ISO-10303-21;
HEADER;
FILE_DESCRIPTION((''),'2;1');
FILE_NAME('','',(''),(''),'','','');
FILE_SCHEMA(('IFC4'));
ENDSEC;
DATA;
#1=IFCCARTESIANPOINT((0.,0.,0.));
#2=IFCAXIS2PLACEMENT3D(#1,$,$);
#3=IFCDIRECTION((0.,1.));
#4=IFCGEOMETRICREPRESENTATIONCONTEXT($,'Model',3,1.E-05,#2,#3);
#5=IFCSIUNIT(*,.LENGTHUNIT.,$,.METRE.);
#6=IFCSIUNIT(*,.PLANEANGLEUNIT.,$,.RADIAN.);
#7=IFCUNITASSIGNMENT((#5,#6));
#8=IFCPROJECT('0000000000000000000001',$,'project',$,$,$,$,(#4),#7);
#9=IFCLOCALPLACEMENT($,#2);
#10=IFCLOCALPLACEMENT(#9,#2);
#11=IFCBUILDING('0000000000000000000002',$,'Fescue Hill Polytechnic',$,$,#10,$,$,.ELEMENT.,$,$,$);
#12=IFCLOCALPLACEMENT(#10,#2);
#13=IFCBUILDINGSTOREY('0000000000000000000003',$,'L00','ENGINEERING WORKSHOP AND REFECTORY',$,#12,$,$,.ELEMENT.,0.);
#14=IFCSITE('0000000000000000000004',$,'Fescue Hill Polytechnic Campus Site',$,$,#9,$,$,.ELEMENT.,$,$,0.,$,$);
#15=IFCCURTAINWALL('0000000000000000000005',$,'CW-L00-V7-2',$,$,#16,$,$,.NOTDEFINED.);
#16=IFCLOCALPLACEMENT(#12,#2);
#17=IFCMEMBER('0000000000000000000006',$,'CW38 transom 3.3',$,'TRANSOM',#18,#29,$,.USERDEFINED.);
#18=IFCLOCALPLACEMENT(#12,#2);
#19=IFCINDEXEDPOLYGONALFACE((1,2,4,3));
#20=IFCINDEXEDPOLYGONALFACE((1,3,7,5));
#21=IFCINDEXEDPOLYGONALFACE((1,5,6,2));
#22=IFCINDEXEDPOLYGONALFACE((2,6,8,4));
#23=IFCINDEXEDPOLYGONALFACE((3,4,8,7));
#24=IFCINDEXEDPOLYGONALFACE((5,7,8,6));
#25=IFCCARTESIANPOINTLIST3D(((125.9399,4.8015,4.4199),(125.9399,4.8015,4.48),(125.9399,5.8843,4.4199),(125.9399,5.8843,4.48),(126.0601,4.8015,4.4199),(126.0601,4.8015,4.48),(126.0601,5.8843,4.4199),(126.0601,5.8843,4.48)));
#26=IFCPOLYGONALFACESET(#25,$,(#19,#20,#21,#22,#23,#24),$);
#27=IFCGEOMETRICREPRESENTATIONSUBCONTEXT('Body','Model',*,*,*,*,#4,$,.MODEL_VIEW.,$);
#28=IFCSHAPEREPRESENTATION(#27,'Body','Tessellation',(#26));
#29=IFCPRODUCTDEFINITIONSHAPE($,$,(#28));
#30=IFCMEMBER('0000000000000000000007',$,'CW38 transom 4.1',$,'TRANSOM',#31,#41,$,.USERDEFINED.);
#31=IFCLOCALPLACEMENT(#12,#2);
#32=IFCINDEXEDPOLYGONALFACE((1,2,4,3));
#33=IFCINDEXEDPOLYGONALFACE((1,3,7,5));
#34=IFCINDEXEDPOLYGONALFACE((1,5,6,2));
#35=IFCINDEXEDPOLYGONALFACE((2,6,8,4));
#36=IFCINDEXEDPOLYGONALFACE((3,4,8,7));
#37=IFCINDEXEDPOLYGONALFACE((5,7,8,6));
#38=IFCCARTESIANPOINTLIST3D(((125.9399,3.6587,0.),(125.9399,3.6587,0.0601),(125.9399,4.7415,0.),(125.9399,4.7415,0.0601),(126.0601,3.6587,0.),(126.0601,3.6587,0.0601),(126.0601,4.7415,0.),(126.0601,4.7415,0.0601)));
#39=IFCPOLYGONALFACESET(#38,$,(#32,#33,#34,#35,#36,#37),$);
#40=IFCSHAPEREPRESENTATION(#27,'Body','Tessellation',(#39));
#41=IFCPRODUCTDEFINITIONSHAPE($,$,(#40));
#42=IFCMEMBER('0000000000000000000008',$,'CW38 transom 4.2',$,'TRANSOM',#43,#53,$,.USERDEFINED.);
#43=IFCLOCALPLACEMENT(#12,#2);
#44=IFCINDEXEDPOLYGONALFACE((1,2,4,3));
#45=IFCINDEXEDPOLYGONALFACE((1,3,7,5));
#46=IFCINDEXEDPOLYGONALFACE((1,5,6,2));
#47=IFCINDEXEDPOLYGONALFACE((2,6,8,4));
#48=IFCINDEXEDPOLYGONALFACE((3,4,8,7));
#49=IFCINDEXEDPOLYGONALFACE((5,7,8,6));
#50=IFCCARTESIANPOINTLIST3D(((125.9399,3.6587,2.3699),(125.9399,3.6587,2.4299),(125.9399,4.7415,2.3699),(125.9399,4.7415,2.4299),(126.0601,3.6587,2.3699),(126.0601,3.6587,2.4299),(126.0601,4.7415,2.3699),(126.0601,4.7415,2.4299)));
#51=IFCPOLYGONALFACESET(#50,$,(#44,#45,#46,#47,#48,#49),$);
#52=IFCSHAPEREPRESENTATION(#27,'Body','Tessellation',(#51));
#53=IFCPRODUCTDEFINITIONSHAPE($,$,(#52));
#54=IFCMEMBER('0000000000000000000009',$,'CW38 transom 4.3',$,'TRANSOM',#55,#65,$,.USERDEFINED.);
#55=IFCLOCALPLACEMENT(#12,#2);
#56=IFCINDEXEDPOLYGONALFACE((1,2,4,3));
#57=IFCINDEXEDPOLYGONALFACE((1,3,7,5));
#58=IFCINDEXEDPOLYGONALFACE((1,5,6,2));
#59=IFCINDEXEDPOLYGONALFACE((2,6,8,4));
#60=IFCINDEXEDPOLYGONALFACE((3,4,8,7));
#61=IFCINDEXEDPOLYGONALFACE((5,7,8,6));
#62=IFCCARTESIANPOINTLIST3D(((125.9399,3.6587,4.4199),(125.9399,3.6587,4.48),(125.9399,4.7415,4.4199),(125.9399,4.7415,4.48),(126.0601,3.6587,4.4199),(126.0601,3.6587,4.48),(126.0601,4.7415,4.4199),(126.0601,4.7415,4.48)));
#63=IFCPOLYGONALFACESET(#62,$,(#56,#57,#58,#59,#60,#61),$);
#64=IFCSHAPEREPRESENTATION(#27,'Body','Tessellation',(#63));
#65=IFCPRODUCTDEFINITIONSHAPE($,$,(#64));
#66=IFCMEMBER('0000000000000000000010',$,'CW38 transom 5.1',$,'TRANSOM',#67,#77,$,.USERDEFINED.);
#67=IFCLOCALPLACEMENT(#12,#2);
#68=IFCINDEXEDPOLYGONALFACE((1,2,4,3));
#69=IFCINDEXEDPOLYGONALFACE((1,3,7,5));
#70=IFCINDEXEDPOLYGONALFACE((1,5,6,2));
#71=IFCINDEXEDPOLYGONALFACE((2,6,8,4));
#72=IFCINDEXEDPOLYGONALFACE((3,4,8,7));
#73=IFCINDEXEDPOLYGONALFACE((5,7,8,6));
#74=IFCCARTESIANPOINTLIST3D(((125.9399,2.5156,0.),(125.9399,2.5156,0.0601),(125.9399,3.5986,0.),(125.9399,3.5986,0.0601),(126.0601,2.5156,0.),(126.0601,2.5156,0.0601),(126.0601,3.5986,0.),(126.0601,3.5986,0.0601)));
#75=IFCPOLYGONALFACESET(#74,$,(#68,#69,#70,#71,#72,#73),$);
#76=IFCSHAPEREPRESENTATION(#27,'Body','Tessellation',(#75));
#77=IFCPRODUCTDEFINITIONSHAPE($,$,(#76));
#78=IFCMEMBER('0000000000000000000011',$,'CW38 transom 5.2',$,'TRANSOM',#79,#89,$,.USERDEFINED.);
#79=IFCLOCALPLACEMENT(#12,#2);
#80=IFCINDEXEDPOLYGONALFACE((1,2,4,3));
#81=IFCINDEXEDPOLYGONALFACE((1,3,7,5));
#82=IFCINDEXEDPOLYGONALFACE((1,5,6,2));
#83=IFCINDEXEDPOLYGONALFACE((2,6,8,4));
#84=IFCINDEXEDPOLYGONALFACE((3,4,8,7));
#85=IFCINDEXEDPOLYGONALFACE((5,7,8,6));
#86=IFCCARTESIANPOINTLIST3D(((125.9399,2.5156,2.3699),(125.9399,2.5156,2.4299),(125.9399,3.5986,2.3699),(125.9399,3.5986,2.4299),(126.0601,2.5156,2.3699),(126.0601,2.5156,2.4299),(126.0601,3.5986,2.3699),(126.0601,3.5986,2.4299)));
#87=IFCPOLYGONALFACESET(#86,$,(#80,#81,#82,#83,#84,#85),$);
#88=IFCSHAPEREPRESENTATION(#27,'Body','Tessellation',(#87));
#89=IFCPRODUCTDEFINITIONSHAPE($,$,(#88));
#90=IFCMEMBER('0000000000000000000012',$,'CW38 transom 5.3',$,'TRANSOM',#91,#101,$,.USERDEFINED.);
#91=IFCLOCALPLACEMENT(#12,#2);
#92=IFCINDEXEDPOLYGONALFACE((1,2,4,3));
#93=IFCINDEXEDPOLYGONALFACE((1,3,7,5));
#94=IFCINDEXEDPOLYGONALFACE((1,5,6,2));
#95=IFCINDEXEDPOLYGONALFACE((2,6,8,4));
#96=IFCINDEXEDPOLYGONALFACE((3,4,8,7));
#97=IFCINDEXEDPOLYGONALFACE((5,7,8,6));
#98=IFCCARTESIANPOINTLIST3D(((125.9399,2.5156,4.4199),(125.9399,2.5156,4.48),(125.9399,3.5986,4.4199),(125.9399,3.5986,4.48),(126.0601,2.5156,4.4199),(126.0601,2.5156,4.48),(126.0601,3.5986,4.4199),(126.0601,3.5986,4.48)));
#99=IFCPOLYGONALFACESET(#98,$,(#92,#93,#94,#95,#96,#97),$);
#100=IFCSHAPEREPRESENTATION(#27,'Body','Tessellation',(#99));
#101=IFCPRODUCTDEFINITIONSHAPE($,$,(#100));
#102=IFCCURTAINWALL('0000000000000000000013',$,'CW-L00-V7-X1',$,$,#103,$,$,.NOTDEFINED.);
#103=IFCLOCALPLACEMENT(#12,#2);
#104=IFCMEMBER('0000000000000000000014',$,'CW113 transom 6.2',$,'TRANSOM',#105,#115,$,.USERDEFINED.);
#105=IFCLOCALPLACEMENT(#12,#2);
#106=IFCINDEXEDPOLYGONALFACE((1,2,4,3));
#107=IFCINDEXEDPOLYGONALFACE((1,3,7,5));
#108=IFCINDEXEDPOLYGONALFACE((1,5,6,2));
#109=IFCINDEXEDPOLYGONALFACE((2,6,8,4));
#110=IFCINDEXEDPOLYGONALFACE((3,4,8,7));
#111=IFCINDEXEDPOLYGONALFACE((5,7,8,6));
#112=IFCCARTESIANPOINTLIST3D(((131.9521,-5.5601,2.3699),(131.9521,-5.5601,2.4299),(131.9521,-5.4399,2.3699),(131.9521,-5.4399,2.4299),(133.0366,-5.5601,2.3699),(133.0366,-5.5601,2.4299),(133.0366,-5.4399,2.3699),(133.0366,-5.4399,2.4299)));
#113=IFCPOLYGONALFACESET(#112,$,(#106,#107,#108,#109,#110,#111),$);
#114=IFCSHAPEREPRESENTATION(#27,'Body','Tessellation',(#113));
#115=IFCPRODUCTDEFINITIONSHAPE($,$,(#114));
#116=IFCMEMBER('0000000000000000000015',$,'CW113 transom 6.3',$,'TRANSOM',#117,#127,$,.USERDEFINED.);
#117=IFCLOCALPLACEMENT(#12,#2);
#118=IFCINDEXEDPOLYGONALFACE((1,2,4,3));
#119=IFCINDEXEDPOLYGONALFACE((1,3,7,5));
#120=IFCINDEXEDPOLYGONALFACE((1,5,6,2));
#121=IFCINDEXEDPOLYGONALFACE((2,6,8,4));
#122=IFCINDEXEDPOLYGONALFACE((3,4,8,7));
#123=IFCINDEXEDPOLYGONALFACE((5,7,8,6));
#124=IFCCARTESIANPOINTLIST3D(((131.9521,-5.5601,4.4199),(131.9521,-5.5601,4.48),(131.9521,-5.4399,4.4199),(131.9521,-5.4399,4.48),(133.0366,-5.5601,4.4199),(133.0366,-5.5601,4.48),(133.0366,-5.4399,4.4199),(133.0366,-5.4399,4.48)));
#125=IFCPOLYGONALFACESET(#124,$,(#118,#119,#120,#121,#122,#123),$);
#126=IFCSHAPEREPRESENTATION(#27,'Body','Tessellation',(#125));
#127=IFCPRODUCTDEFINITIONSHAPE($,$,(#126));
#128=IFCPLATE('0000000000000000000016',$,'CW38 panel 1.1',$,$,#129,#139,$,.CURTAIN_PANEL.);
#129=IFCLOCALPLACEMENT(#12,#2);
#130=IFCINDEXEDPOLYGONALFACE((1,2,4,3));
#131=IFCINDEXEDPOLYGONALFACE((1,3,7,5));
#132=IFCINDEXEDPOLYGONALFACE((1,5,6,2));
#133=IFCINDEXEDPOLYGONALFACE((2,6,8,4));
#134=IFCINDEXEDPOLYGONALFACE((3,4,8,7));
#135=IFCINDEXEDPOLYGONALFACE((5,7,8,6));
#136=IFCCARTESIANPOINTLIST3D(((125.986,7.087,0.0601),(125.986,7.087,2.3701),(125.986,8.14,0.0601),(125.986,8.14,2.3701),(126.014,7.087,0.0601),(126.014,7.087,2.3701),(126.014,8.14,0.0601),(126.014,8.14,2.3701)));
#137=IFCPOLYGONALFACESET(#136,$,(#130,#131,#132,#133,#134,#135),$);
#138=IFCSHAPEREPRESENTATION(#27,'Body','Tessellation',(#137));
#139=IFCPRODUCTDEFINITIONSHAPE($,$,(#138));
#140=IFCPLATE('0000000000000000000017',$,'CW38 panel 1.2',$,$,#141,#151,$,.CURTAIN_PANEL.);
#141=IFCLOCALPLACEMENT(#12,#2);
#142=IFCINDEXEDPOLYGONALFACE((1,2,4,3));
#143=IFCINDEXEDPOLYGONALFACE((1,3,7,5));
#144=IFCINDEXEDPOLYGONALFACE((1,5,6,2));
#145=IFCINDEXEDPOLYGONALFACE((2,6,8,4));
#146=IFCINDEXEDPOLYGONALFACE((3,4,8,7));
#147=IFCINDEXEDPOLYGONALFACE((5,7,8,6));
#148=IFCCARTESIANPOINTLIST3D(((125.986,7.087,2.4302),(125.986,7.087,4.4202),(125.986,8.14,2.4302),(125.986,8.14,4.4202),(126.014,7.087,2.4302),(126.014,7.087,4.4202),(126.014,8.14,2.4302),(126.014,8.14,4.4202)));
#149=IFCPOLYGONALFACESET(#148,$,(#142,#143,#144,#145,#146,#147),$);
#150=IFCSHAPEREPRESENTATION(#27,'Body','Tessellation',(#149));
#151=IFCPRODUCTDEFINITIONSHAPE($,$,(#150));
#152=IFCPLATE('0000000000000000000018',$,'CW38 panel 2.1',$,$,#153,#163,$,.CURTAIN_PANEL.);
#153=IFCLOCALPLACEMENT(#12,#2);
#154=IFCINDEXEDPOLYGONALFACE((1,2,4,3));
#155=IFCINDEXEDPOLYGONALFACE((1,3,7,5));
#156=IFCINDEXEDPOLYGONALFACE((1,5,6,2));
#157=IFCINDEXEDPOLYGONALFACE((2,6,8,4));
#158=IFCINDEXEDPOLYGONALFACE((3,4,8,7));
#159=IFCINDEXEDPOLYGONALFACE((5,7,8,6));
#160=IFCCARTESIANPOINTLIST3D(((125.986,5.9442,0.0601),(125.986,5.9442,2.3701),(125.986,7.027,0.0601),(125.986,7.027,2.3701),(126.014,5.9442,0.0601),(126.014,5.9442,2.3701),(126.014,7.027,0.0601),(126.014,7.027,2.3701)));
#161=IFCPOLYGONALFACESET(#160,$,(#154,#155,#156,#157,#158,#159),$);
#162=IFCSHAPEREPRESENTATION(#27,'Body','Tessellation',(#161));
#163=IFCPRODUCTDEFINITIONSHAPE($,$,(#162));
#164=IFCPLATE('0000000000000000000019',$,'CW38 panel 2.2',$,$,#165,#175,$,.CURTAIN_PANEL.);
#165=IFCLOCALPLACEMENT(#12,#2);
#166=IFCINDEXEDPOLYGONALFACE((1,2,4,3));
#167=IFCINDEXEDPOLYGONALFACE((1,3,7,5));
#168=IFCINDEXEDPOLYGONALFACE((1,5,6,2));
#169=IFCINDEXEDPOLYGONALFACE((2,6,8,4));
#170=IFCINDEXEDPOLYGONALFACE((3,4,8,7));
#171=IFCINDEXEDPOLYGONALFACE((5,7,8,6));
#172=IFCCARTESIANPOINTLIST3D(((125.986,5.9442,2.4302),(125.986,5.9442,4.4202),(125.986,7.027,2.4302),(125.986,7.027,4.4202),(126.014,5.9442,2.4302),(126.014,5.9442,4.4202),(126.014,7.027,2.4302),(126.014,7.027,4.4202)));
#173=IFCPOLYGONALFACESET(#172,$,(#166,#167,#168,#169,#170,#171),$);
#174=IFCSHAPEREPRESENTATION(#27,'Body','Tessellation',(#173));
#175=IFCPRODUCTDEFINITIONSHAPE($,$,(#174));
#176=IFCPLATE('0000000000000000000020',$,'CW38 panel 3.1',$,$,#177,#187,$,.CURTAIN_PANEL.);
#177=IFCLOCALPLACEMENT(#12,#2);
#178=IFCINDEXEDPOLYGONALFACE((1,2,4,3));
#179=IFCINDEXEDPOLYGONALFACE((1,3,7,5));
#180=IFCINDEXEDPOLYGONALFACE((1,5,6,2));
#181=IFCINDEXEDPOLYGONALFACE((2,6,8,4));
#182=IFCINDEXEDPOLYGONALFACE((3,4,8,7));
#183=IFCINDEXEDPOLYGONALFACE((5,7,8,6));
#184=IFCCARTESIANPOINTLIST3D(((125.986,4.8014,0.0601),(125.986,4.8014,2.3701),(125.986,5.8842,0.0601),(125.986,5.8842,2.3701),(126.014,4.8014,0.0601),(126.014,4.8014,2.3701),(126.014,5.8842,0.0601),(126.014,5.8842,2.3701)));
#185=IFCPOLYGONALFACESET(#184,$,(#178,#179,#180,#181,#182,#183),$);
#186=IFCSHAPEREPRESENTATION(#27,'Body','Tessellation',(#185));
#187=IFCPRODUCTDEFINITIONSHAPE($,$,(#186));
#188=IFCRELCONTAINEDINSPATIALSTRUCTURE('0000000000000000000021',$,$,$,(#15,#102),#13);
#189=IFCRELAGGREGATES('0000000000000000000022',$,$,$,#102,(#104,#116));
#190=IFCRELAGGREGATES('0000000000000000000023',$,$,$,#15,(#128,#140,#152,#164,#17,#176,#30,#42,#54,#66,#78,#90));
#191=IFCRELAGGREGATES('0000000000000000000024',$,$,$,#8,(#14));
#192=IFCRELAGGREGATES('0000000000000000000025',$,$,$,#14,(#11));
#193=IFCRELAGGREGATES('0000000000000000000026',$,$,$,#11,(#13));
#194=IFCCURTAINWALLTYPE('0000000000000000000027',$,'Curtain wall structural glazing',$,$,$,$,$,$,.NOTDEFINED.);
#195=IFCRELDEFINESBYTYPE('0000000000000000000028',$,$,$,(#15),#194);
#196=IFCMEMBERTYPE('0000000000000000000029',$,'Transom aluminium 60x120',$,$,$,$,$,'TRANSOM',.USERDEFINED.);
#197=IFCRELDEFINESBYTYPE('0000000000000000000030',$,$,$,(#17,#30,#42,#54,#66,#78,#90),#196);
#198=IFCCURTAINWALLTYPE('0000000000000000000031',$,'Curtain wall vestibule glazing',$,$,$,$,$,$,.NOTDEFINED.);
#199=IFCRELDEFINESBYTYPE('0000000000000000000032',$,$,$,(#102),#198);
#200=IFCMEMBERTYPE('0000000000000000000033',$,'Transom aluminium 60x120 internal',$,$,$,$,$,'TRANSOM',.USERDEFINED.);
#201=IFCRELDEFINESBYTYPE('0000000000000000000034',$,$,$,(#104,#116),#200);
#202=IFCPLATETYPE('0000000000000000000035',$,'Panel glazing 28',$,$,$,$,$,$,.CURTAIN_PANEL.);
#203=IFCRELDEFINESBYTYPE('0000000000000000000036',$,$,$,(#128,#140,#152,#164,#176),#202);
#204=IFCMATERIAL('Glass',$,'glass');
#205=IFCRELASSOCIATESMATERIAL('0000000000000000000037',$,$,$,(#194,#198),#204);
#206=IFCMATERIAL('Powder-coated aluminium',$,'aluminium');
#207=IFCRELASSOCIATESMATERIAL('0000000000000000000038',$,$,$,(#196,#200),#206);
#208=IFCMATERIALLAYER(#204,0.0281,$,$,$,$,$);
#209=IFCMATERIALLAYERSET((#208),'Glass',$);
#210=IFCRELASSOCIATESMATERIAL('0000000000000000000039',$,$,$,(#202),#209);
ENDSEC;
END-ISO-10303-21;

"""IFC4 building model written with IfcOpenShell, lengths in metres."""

from ifc_helpers import new_model, si_unit, direction, frame, origin, origin_2d, place, context, subcontext, project, spatial, rectangle, extrude, material, layer, layer_set, material_profile, profile_set, type_object, element, aggregate, save


model = new_model("IFC4")

# Units and contexts
model_context = context("Model", 3, precision=1e-05, world=origin(), true_north=direction((0.0, 1.0)))
body_context = subcontext(model_context, "Body", "Model", "MODEL_VIEW")
ifc_project = project(units=[si_unit("LENGTHUNIT", "METRE"), si_unit("PLANEANGLEUNIT", "RADIAN")], contexts=[model_context])

# Site, building, storey
site_placement = place(None, origin())
site = spatial("IfcSite", under=ifc_project, at=site_placement, Name="Fescue Hill Polytechnic Campus Site", CompositionType="ELEMENT", RefElevation=0.0)
building_placement = place(site_placement, origin())
building = spatial("IfcBuilding", under=site, at=building_placement, Name="Fescue Hill Polytechnic", CompositionType="ELEMENT")
storey_placement = place(building_placement, origin())
storey = spatial("IfcBuildingStorey", under=building, at=storey_placement, Name="L00", Description="ENGINEERING WORKSHOP AND REFECTORY", CompositionType="ELEMENT", Elevation=0.0)

# Curtain walls, members
ifc_material_1 = material(Name="Glass", Category="glass")
curtain_wall_type_1 = type_object("IfcCurtainWallType", Name="Curtain wall structural glazing", PredefinedType="NOTDEFINED", material=ifc_material_1)
curtain_wall_1_placement = place(storey_placement, origin())
curtain_wall_1 = element("IfcCurtainWall", 1, at=curtain_wall_1_placement, inside=storey, type_object=curtain_wall_type_1, Name="CW-L00-V7-2", PredefinedType="NOTDEFINED")
ifc_material_2 = material(Name="Powder-coated aluminium", Category="aluminium")
ifc_material_profile_1 = material_profile(ifc_material_2, rectangle(XDim=0.1201, YDim=0.0601, at=origin_2d()), Name="Transom aluminium 60x120")
ifc_profile_set_1 = profile_set([ifc_material_profile_1], Name="Powder-coated aluminium")
member_type_1 = type_object("IfcMemberType", Name="Transom aluminium 60x120", ElementType="TRANSOM", PredefinedType="USERDEFINED", material=ifc_profile_set_1)
member_1_placement = place(storey_placement, frame((126.0, 5.8843, 4.45), z_axis=(0.0, -1.0, 0.0), x_axis=(1.0, 0.0, 0.0)))
member_1 = element("IfcMember", 2, at=member_1_placement, type_object=member_type_1, Name="CW38 transom 3.3", ObjectType="TRANSOM", PredefinedType="USERDEFINED", context=body_context, shape_type="SweptSolid", body=[
    extrude(rectangle(XDim=0.1201, YDim=0.0601, at=origin_2d()), origin(), (0.0, 0.0, 1.0), 1.0828),
])
member_2_placement = place(storey_placement, frame((126.0, 4.7415, 0.03), z_axis=(0.0, -1.0, 0.0), x_axis=(1.0, 0.0, 0.0)))
member_2 = element("IfcMember", 3, at=member_2_placement, type_object=member_type_1, Name="CW38 transom 4.1", ObjectType="TRANSOM", PredefinedType="USERDEFINED", context=body_context, shape_type="SweptSolid", body=[
    extrude(rectangle(XDim=0.1201, YDim=0.0601, at=origin_2d()), origin(), (0.0, 0.0, 1.0), 1.0828),
])
member_3_placement = place(storey_placement, frame((126.0, 4.7415, 2.3999), z_axis=(0.0, -1.0, 0.0), x_axis=(1.0, 0.0, 0.0)))
member_3 = element("IfcMember", 4, at=member_3_placement, type_object=member_type_1, Name="CW38 transom 4.2", ObjectType="TRANSOM", PredefinedType="USERDEFINED", context=body_context, shape_type="SweptSolid", body=[
    extrude(rectangle(XDim=0.1201, YDim=0.0601, at=origin_2d()), origin(), (0.0, 0.0, 1.0), 1.0828),
])
member_4_placement = place(storey_placement, frame((126.0, 4.7415, 4.45), z_axis=(0.0, -1.0, 0.0), x_axis=(1.0, 0.0, 0.0)))
member_4 = element("IfcMember", 5, at=member_4_placement, type_object=member_type_1, Name="CW38 transom 4.3", ObjectType="TRANSOM", PredefinedType="USERDEFINED", context=body_context, shape_type="SweptSolid", body=[
    extrude(rectangle(XDim=0.1201, YDim=0.0601, at=origin_2d()), origin(), (0.0, 0.0, 1.0), 1.0828),
])
member_5_placement = place(storey_placement, frame((126.0, 3.5986, 0.03), z_axis=(0.0, -1.0, 0.0), x_axis=(1.0, 0.0, 0.0)))
member_5 = element("IfcMember", 6, at=member_5_placement, type_object=member_type_1, Name="CW38 transom 5.1", ObjectType="TRANSOM", PredefinedType="USERDEFINED", context=body_context, shape_type="SweptSolid", body=[
    extrude(rectangle(XDim=0.1201, YDim=0.0601, at=origin_2d()), origin(), (0.0, 0.0, 1.0), 1.083),
])
member_6_placement = place(storey_placement, frame((126.0, 3.5986, 2.3999), z_axis=(0.0, -1.0, 0.0), x_axis=(1.0, 0.0, 0.0)))
member_6 = element("IfcMember", 7, at=member_6_placement, type_object=member_type_1, Name="CW38 transom 5.2", ObjectType="TRANSOM", PredefinedType="USERDEFINED", context=body_context, shape_type="SweptSolid", body=[
    extrude(rectangle(XDim=0.1201, YDim=0.0601, at=origin_2d()), origin(), (0.0, 0.0, 1.0), 1.083),
])
member_7_placement = place(storey_placement, frame((126.0, 3.5986, 4.45), z_axis=(0.0, -1.0, 0.0), x_axis=(1.0, 0.0, 0.0)))
member_7 = element("IfcMember", 8, at=member_7_placement, type_object=member_type_1, Name="CW38 transom 5.3", ObjectType="TRANSOM", PredefinedType="USERDEFINED", context=body_context, shape_type="SweptSolid", body=[
    extrude(rectangle(XDim=0.1201, YDim=0.0601, at=origin_2d()), origin(), (0.0, 0.0, 1.0), 1.083),
])
curtain_wall_type_2 = type_object("IfcCurtainWallType", Name="Curtain wall vestibule glazing", PredefinedType="NOTDEFINED", material=ifc_material_1)
curtain_wall_2_placement = place(storey_placement, origin())
curtain_wall_2 = element("IfcCurtainWall", 9, at=curtain_wall_2_placement, inside=storey, type_object=curtain_wall_type_2, Name="CW-L00-V7-X1", PredefinedType="NOTDEFINED")
ifc_material_profile_2 = material_profile(ifc_material_2, rectangle(XDim=0.1201, YDim=0.0601, at=origin_2d()), Name="Transom aluminium 60x120 internal")
ifc_profile_set_2 = profile_set([ifc_material_profile_2], Name="Powder-coated aluminium")
member_type_2 = type_object("IfcMemberType", Name="Transom aluminium 60x120 internal", ElementType="TRANSOM", PredefinedType="USERDEFINED", material=ifc_profile_set_2)
member_8_placement = place(storey_placement, frame((131.9521, -5.5, 2.3999), z_axis=(1.0, 0.0, 0.0), x_axis=(0.0, 1.0, 0.0)))
member_8 = element("IfcMember", 10, at=member_8_placement, type_object=member_type_2, Name="CW113 transom 6.2", ObjectType="TRANSOM", PredefinedType="USERDEFINED", context=body_context, shape_type="SweptSolid", body=[
    extrude(rectangle(XDim=0.1201, YDim=0.0601, at=origin_2d()), origin(), (0.0, 0.0, 1.0), 1.0845),
])
member_9_placement = place(storey_placement, frame((131.9521, -5.5, 4.45), z_axis=(1.0, 0.0, 0.0), x_axis=(0.0, 1.0, 0.0)))
member_9 = element("IfcMember", 11, at=member_9_placement, type_object=member_type_2, Name="CW113 transom 6.3", ObjectType="TRANSOM", PredefinedType="USERDEFINED", context=body_context, shape_type="SweptSolid", body=[
    extrude(rectangle(XDim=0.1201, YDim=0.0601, at=origin_2d()), origin(), (0.0, 0.0, 1.0), 1.0845),
])
aggregate(curtain_wall_2, [member_8, member_9])

# Plates
ifc_layer_1 = layer(ifc_material_1, 0.0281)
ifc_layer_set_1 = layer_set([ifc_layer_1], Name="Glass")
plate_type = type_object("IfcPlateType", Name="Panel glazing 28", PredefinedType="CURTAIN_PANEL", material=ifc_layer_set_1)
plate_1_placement = place(storey_placement, frame((126.0, 7.6135, 0.0601), z_axis=(0.0, 0.0, 1.0), x_axis=(0.0, -1.0, 0.0)))
plate_1 = element("IfcPlate", 12, at=plate_1_placement, type_object=plate_type, Name="CW38 panel 1.1", PredefinedType="CURTAIN_PANEL", context=body_context, shape_type="SweptSolid", body=[
    extrude(rectangle(XDim=1.053, YDim=0.0281, at=origin_2d()), origin(), (0.0, 0.0, 1.0), 2.3101),
])
plate_2_placement = place(storey_placement, frame((126.0, 7.6135, 2.4302), z_axis=(0.0, 0.0, 1.0), x_axis=(0.0, -1.0, 0.0)))
plate_2 = element("IfcPlate", 13, at=plate_2_placement, type_object=plate_type, Name="CW38 panel 1.2", PredefinedType="CURTAIN_PANEL", context=body_context, shape_type="SweptSolid", body=[
    extrude(rectangle(XDim=1.053, YDim=0.0281, at=origin_2d()), origin(), (0.0, 0.0, 1.0), 1.99),
])
plate_3_placement = place(storey_placement, frame((126.0, 6.4856, 0.0601), z_axis=(0.0, 0.0, 1.0), x_axis=(0.0, -1.0, 0.0)))
plate_3 = element("IfcPlate", 14, at=plate_3_placement, type_object=plate_type, Name="CW38 panel 2.1", PredefinedType="CURTAIN_PANEL", context=body_context, shape_type="SweptSolid", body=[
    extrude(rectangle(XDim=1.0828, YDim=0.0281, at=origin_2d()), origin(), (0.0, 0.0, 1.0), 2.3101),
])
plate_4_placement = place(storey_placement, frame((126.0, 6.4856, 2.4302), z_axis=(0.0, 0.0, 1.0), x_axis=(0.0, -1.0, 0.0)))
plate_4 = element("IfcPlate", 15, at=plate_4_placement, type_object=plate_type, Name="CW38 panel 2.2", PredefinedType="CURTAIN_PANEL", context=body_context, shape_type="SweptSolid", body=[
    extrude(rectangle(XDim=1.0828, YDim=0.0281, at=origin_2d()), origin(), (0.0, 0.0, 1.0), 1.99),
])
plate_5_placement = place(storey_placement, frame((126.0, 5.3428, 0.0601), z_axis=(0.0, 0.0, 1.0), x_axis=(0.0, -1.0, 0.0)))
plate_5 = element("IfcPlate", 16, at=plate_5_placement, type_object=plate_type, Name="CW38 panel 3.1", PredefinedType="CURTAIN_PANEL", context=body_context, shape_type="SweptSolid", body=[
    extrude(rectangle(XDim=1.0828, YDim=0.0281, at=origin_2d()), origin(), (0.0, 0.0, 1.0), 2.3101),
])
aggregate(curtain_wall_1, [plate_1, plate_2, plate_3, plate_4, member_1, plate_5, member_2, member_3, member_4, member_5, member_6, member_7])

save(model, "model.ifc")
